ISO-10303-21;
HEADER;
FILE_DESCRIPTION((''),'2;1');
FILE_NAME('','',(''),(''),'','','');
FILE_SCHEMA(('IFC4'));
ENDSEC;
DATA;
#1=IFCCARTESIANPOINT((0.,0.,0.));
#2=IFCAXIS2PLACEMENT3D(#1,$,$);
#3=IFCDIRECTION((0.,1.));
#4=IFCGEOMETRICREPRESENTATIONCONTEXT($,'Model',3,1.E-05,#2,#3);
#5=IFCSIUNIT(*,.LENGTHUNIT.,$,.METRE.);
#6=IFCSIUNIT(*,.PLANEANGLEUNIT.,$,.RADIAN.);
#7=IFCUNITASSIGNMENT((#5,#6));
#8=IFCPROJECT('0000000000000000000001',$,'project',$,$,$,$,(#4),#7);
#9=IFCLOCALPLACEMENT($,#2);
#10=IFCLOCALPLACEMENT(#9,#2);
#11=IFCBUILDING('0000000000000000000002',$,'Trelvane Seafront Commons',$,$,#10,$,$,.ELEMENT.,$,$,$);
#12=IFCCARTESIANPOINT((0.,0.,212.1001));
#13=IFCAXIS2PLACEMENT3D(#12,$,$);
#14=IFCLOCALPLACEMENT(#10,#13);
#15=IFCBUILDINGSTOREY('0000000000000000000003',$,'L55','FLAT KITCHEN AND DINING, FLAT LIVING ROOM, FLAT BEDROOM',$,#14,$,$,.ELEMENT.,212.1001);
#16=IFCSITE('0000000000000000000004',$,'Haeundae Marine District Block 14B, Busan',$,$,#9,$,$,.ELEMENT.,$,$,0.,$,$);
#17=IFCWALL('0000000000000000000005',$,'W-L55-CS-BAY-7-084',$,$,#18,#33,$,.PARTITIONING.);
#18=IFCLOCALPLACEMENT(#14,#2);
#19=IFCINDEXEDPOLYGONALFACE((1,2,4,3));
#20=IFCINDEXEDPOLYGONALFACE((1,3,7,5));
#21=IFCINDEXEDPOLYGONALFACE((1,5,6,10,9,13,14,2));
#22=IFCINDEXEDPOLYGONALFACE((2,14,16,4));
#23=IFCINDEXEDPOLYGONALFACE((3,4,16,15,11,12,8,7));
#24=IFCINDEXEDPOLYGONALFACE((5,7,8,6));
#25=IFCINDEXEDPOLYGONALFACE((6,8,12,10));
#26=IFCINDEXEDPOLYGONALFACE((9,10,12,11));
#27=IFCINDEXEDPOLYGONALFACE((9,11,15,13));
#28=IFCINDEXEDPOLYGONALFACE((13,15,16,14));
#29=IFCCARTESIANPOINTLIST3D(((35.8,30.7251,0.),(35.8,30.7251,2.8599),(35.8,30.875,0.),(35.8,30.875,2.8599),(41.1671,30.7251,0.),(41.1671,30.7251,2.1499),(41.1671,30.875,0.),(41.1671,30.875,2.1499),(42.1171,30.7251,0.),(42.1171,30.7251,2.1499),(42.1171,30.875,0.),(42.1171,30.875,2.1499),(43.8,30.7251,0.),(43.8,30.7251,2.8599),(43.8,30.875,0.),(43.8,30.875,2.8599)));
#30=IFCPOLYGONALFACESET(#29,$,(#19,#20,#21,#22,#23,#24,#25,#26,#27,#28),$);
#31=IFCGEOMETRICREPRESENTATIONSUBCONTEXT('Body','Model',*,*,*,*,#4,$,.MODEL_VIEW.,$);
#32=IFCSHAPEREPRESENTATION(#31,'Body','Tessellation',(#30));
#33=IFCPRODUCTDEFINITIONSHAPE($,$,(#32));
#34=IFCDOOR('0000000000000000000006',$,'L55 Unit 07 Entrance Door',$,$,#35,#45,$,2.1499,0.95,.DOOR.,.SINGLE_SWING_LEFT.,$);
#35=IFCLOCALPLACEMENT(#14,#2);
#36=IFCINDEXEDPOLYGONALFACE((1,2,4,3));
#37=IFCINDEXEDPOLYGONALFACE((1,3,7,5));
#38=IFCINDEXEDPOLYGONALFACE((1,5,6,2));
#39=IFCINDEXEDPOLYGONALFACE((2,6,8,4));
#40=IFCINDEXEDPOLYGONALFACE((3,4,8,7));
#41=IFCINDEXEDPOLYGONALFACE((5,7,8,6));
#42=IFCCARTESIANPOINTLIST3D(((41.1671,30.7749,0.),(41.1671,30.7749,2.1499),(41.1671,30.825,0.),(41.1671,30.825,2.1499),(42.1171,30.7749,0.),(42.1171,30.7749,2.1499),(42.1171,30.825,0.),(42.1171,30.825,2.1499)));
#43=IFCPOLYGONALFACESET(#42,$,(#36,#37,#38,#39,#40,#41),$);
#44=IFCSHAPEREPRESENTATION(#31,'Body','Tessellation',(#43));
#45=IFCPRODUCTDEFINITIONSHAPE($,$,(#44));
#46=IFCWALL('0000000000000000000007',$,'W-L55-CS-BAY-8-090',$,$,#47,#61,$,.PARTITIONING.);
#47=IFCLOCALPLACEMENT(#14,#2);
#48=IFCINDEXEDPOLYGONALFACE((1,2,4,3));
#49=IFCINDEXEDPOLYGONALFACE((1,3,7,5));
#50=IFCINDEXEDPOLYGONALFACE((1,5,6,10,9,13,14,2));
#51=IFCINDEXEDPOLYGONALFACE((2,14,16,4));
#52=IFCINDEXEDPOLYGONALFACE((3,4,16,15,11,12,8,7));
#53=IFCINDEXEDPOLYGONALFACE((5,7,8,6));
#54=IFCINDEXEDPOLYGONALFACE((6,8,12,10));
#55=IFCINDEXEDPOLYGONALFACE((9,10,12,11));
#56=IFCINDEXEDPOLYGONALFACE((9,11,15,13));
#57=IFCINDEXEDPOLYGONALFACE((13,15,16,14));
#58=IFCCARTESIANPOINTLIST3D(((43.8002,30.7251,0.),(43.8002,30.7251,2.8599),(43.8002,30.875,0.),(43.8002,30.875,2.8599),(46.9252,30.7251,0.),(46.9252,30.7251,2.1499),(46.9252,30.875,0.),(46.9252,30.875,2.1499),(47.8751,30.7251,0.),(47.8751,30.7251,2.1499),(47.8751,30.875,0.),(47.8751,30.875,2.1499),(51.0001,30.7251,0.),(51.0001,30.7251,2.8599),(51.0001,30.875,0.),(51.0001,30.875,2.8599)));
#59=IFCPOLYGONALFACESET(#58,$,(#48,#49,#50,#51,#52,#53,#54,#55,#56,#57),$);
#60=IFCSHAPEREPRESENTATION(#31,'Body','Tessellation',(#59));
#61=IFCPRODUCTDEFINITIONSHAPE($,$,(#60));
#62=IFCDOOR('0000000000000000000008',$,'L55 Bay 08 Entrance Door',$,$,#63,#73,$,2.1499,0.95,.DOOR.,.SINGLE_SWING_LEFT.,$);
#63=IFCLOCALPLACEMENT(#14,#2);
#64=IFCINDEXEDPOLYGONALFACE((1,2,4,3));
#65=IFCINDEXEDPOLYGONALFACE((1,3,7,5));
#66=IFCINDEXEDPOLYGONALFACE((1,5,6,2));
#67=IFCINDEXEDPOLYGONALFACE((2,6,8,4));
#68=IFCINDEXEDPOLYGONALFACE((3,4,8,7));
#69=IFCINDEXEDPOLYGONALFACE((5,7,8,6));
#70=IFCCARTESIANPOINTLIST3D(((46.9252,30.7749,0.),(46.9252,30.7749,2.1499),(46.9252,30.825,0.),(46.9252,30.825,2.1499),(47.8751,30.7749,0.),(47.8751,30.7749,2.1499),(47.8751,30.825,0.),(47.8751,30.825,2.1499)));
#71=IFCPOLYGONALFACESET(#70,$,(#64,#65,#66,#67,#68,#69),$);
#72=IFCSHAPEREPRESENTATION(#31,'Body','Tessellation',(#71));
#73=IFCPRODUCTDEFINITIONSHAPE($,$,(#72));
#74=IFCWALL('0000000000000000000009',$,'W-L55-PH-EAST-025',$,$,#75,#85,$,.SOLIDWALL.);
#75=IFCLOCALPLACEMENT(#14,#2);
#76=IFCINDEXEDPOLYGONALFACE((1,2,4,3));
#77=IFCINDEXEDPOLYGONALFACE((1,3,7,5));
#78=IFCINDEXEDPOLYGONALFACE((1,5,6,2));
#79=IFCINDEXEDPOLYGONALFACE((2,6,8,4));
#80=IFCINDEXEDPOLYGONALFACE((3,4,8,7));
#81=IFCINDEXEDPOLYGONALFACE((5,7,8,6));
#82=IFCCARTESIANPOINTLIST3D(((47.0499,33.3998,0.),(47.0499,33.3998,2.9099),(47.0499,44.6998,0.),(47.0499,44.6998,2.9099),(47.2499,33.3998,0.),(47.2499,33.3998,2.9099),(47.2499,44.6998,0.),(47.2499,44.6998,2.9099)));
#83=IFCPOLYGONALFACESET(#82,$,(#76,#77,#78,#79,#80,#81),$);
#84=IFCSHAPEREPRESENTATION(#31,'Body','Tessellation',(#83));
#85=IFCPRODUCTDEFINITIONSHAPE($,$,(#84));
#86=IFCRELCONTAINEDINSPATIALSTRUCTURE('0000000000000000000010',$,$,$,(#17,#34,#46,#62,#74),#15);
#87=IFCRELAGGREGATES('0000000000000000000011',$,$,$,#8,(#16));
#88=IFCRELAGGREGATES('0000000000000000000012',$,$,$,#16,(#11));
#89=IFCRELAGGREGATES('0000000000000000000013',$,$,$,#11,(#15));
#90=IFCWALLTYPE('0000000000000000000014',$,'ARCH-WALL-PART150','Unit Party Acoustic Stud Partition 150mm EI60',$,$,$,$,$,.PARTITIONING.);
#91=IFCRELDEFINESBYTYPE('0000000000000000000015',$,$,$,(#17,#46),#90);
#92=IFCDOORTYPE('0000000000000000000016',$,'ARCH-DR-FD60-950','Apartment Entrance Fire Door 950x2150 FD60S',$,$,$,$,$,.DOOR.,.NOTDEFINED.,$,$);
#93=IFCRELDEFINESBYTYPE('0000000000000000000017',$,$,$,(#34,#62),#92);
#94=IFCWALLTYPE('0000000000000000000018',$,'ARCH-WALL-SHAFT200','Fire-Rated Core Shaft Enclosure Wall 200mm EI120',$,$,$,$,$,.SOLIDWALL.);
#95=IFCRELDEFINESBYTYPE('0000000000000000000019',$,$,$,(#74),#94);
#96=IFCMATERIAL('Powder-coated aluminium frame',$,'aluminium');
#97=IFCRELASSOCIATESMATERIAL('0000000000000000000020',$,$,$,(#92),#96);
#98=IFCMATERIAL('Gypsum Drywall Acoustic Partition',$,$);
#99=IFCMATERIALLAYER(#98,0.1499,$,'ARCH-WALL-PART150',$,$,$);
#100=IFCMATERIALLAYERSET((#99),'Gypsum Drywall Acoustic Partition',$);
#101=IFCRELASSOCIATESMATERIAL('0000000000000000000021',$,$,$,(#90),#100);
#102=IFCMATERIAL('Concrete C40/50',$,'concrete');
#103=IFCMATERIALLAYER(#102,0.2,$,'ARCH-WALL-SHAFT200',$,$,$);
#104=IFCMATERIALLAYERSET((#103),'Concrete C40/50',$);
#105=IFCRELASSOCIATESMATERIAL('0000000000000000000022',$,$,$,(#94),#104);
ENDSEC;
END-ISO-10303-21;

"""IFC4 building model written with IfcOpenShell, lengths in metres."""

from ifc_helpers import new_model, si_unit, direction, frame, frame_2d, origin, place, context, subcontext, project, spatial, rectangle, extrude, source, transform, mapped, material, layer, layer_set, type_object, element, fill, save


model = new_model("IFC4")

# Units and contexts
model_context = context("Model", 3, precision=1e-05, world=origin(), true_north=direction((0.0, 1.0)))
body_context = subcontext(model_context, "Body", "Model", "MODEL_VIEW")
ifc_project = project(units=[si_unit("LENGTHUNIT", "METRE"), si_unit("PLANEANGLEUNIT", "RADIAN")], contexts=[model_context])

# Site, building, storey
site_placement = place(None, origin())
site = spatial("IfcSite", under=ifc_project, at=site_placement, Name="Haeundae Marine District Block 14B, Busan", CompositionType="ELEMENT", RefElevation=0.0)
building_placement = place(site_placement, origin())
building = spatial("IfcBuilding", under=site, at=building_placement, Name="Trelvane Seafront Commons", CompositionType="ELEMENT")
storey_placement = place(building_placement, frame((0.0, 0.0, 212.1001)))
storey = spatial("IfcBuildingStorey", under=building, at=storey_placement, Name="L55", Description="FLAT KITCHEN AND DINING, FLAT LIVING ROOM, FLAT BEDROOM", CompositionType="ELEMENT", Elevation=212.1001)

# Shared definitions
ifc_material_1 = material(Name="Concrete C40/50", Category="concrete")
ifc_material_2 = material(Name="Powder-coated aluminium frame", Category="aluminium")
door_type_1 = type_object("IfcDoorType", Name="ARCH-DR-FD60-950", Description="Apartment Entrance Fire Door 950x2150 FD60S", OperationType="NOTDEFINED", PredefinedType="DOOR", material=ifc_material_2)
shared_shape_1 = source(origin(), body_context, "Body", "SweptSolid", [
    extrude(rectangle(XDim=0.95, YDim=2.1499, at=frame_2d((0.4751, 1.075))), frame((0.0, 0.0249, 0.0), z_axis=(0.0, -1.0, 0.0), x_axis=(1.0, 0.0, 0.0)), (0.0, 0.0, 1.0), 0.05),
])

# Shared definitions
ifc_material_3 = material(Name="Gypsum Drywall Acoustic Partition")

# Walls, openings, doors
ifc_layer_1 = layer(ifc_material_3, 0.1499, Name="ARCH-WALL-PART150")
ifc_layer_set_1 = layer_set([ifc_layer_1], Name="Gypsum Drywall Acoustic Partition")
wall_type_1 = type_object("IfcWallType", Name="ARCH-WALL-PART150", Description="Unit Party Acoustic Stud Partition 150mm EI60", PredefinedType="PARTITIONING", material=ifc_layer_set_1)
wall_1_placement = place(storey_placement, frame((35.8, 30.8, 0.0), z_axis=(0.0, 0.0, 1.0), x_axis=(1.0, 0.0, 0.0)))
wall_1 = element("IfcWall", 1, at=wall_1_placement, inside=storey, type_object=wall_type_1, Name="W-L55-CS-BAY-7-084", PredefinedType="PARTITIONING", context=body_context, shape_type="SweptSolid", body=[
    extrude(rectangle(XDim=8.0, YDim=0.1499, at=frame_2d((4.0, 0.0))), origin(), (0.0, 0.0, 1.0), 2.8599),
])
opening_1_placement = place(wall_1_placement, frame((5.3669, 0.0, 0.0)))
opening_1 = element("IfcOpeningElement", 2, at=opening_1_placement, cuts=wall_1, PredefinedType="OPENING", context=body_context, shape_type="SweptSolid", body=[
    extrude(rectangle(XDim=0.95, YDim=2.1499, at=frame_2d((0.4751, 1.075))), frame((0.0, 0.085, 0.0), z_axis=(0.0, -1.0, 0.0), x_axis=(1.0, 0.0, 0.0)), (0.0, 0.0, 1.0), 0.1699),
])
door_1_placement = place(opening_1_placement, origin())
door_1 = element("IfcDoor", 3, at=door_1_placement, inside=storey, type_object=door_type_1, Name="L55 Unit 07 Entrance Door", OperationType="SINGLE_SWING_LEFT", OverallHeight=2.1499, OverallWidth=0.95, PredefinedType="DOOR", context=body_context, shape_type="MappedRepresentation", body=[
    mapped(shared_shape_1, transform((0.0, 0.0, 0.0), x_axis=(1.0, 0.0, 0.0), y_axis=(0.0, 1.0, 0.0), z_axis=(0.0, 0.0, 1.0), scale=1.0)),
])
fill(opening_1, door_1)
wall_2_placement = place(storey_placement, frame((43.8, 30.8, 0.0), z_axis=(0.0, 0.0, 1.0), x_axis=(1.0, 0.0, 0.0)))
wall_2 = element("IfcWall", 4, at=wall_2_placement, inside=storey, type_object=wall_type_1, Name="W-L55-CS-BAY-8-090", PredefinedType="PARTITIONING", context=body_context, shape_type="SweptSolid", body=[
    extrude(rectangle(XDim=7.2, YDim=0.1499, at=frame_2d((3.6001, 0.0))), origin(), (0.0, 0.0, 1.0), 2.8599),
])
opening_2_placement = place(wall_2_placement, frame((3.125, 0.0, 0.0)))
opening_2 = element("IfcOpeningElement", 5, at=opening_2_placement, cuts=wall_2, PredefinedType="OPENING", context=body_context, shape_type="SweptSolid", body=[
    extrude(rectangle(XDim=0.95, YDim=2.1499, at=frame_2d((0.4751, 1.075))), frame((0.0, 0.085, 0.0), z_axis=(0.0, -1.0, 0.0), x_axis=(1.0, 0.0, 0.0)), (0.0, 0.0, 1.0), 0.1699),
])
door_2_placement = place(opening_2_placement, origin())
door_2 = element("IfcDoor", 6, at=door_2_placement, inside=storey, type_object=door_type_1, Name="L55 Bay 08 Entrance Door", OperationType="SINGLE_SWING_LEFT", OverallHeight=2.1499, OverallWidth=0.95, PredefinedType="DOOR", context=body_context, shape_type="MappedRepresentation", body=[
    mapped(shared_shape_1, transform((0.0, 0.0, 0.0), x_axis=(1.0, 0.0, 0.0), y_axis=(0.0, 1.0, 0.0), z_axis=(0.0, 0.0, 1.0), scale=1.0)),
])
fill(opening_2, door_2)

# Wall
ifc_layer_2 = layer(ifc_material_1, 0.2, Name="ARCH-WALL-SHAFT200")
ifc_layer_set_2 = layer_set([ifc_layer_2], Name="Concrete C40/50")
wall_type_2 = type_object("IfcWallType", Name="ARCH-WALL-SHAFT200", Description="Fire-Rated Core Shaft Enclosure Wall 200mm EI120", PredefinedType="SOLIDWALL", material=ifc_layer_set_2)
wall_3_placement = place(storey_placement, frame((47.1499, 33.3999, 0.0), z_axis=(0.0, 0.0, 1.0), x_axis=(0.0, 1.0, 0.0)))
element("IfcWall", 7, at=wall_3_placement, inside=storey, type_object=wall_type_2, Name="W-L55-PH-EAST-025", PredefinedType="SOLIDWALL", context=body_context, shape_type="SweptSolid", body=[
    extrude(rectangle(XDim=11.3, YDim=0.2, at=frame_2d((5.6499, 0.0))), origin(), (0.0, 0.0, 1.0), 2.9099),
])

save(model, "model.ifc")
